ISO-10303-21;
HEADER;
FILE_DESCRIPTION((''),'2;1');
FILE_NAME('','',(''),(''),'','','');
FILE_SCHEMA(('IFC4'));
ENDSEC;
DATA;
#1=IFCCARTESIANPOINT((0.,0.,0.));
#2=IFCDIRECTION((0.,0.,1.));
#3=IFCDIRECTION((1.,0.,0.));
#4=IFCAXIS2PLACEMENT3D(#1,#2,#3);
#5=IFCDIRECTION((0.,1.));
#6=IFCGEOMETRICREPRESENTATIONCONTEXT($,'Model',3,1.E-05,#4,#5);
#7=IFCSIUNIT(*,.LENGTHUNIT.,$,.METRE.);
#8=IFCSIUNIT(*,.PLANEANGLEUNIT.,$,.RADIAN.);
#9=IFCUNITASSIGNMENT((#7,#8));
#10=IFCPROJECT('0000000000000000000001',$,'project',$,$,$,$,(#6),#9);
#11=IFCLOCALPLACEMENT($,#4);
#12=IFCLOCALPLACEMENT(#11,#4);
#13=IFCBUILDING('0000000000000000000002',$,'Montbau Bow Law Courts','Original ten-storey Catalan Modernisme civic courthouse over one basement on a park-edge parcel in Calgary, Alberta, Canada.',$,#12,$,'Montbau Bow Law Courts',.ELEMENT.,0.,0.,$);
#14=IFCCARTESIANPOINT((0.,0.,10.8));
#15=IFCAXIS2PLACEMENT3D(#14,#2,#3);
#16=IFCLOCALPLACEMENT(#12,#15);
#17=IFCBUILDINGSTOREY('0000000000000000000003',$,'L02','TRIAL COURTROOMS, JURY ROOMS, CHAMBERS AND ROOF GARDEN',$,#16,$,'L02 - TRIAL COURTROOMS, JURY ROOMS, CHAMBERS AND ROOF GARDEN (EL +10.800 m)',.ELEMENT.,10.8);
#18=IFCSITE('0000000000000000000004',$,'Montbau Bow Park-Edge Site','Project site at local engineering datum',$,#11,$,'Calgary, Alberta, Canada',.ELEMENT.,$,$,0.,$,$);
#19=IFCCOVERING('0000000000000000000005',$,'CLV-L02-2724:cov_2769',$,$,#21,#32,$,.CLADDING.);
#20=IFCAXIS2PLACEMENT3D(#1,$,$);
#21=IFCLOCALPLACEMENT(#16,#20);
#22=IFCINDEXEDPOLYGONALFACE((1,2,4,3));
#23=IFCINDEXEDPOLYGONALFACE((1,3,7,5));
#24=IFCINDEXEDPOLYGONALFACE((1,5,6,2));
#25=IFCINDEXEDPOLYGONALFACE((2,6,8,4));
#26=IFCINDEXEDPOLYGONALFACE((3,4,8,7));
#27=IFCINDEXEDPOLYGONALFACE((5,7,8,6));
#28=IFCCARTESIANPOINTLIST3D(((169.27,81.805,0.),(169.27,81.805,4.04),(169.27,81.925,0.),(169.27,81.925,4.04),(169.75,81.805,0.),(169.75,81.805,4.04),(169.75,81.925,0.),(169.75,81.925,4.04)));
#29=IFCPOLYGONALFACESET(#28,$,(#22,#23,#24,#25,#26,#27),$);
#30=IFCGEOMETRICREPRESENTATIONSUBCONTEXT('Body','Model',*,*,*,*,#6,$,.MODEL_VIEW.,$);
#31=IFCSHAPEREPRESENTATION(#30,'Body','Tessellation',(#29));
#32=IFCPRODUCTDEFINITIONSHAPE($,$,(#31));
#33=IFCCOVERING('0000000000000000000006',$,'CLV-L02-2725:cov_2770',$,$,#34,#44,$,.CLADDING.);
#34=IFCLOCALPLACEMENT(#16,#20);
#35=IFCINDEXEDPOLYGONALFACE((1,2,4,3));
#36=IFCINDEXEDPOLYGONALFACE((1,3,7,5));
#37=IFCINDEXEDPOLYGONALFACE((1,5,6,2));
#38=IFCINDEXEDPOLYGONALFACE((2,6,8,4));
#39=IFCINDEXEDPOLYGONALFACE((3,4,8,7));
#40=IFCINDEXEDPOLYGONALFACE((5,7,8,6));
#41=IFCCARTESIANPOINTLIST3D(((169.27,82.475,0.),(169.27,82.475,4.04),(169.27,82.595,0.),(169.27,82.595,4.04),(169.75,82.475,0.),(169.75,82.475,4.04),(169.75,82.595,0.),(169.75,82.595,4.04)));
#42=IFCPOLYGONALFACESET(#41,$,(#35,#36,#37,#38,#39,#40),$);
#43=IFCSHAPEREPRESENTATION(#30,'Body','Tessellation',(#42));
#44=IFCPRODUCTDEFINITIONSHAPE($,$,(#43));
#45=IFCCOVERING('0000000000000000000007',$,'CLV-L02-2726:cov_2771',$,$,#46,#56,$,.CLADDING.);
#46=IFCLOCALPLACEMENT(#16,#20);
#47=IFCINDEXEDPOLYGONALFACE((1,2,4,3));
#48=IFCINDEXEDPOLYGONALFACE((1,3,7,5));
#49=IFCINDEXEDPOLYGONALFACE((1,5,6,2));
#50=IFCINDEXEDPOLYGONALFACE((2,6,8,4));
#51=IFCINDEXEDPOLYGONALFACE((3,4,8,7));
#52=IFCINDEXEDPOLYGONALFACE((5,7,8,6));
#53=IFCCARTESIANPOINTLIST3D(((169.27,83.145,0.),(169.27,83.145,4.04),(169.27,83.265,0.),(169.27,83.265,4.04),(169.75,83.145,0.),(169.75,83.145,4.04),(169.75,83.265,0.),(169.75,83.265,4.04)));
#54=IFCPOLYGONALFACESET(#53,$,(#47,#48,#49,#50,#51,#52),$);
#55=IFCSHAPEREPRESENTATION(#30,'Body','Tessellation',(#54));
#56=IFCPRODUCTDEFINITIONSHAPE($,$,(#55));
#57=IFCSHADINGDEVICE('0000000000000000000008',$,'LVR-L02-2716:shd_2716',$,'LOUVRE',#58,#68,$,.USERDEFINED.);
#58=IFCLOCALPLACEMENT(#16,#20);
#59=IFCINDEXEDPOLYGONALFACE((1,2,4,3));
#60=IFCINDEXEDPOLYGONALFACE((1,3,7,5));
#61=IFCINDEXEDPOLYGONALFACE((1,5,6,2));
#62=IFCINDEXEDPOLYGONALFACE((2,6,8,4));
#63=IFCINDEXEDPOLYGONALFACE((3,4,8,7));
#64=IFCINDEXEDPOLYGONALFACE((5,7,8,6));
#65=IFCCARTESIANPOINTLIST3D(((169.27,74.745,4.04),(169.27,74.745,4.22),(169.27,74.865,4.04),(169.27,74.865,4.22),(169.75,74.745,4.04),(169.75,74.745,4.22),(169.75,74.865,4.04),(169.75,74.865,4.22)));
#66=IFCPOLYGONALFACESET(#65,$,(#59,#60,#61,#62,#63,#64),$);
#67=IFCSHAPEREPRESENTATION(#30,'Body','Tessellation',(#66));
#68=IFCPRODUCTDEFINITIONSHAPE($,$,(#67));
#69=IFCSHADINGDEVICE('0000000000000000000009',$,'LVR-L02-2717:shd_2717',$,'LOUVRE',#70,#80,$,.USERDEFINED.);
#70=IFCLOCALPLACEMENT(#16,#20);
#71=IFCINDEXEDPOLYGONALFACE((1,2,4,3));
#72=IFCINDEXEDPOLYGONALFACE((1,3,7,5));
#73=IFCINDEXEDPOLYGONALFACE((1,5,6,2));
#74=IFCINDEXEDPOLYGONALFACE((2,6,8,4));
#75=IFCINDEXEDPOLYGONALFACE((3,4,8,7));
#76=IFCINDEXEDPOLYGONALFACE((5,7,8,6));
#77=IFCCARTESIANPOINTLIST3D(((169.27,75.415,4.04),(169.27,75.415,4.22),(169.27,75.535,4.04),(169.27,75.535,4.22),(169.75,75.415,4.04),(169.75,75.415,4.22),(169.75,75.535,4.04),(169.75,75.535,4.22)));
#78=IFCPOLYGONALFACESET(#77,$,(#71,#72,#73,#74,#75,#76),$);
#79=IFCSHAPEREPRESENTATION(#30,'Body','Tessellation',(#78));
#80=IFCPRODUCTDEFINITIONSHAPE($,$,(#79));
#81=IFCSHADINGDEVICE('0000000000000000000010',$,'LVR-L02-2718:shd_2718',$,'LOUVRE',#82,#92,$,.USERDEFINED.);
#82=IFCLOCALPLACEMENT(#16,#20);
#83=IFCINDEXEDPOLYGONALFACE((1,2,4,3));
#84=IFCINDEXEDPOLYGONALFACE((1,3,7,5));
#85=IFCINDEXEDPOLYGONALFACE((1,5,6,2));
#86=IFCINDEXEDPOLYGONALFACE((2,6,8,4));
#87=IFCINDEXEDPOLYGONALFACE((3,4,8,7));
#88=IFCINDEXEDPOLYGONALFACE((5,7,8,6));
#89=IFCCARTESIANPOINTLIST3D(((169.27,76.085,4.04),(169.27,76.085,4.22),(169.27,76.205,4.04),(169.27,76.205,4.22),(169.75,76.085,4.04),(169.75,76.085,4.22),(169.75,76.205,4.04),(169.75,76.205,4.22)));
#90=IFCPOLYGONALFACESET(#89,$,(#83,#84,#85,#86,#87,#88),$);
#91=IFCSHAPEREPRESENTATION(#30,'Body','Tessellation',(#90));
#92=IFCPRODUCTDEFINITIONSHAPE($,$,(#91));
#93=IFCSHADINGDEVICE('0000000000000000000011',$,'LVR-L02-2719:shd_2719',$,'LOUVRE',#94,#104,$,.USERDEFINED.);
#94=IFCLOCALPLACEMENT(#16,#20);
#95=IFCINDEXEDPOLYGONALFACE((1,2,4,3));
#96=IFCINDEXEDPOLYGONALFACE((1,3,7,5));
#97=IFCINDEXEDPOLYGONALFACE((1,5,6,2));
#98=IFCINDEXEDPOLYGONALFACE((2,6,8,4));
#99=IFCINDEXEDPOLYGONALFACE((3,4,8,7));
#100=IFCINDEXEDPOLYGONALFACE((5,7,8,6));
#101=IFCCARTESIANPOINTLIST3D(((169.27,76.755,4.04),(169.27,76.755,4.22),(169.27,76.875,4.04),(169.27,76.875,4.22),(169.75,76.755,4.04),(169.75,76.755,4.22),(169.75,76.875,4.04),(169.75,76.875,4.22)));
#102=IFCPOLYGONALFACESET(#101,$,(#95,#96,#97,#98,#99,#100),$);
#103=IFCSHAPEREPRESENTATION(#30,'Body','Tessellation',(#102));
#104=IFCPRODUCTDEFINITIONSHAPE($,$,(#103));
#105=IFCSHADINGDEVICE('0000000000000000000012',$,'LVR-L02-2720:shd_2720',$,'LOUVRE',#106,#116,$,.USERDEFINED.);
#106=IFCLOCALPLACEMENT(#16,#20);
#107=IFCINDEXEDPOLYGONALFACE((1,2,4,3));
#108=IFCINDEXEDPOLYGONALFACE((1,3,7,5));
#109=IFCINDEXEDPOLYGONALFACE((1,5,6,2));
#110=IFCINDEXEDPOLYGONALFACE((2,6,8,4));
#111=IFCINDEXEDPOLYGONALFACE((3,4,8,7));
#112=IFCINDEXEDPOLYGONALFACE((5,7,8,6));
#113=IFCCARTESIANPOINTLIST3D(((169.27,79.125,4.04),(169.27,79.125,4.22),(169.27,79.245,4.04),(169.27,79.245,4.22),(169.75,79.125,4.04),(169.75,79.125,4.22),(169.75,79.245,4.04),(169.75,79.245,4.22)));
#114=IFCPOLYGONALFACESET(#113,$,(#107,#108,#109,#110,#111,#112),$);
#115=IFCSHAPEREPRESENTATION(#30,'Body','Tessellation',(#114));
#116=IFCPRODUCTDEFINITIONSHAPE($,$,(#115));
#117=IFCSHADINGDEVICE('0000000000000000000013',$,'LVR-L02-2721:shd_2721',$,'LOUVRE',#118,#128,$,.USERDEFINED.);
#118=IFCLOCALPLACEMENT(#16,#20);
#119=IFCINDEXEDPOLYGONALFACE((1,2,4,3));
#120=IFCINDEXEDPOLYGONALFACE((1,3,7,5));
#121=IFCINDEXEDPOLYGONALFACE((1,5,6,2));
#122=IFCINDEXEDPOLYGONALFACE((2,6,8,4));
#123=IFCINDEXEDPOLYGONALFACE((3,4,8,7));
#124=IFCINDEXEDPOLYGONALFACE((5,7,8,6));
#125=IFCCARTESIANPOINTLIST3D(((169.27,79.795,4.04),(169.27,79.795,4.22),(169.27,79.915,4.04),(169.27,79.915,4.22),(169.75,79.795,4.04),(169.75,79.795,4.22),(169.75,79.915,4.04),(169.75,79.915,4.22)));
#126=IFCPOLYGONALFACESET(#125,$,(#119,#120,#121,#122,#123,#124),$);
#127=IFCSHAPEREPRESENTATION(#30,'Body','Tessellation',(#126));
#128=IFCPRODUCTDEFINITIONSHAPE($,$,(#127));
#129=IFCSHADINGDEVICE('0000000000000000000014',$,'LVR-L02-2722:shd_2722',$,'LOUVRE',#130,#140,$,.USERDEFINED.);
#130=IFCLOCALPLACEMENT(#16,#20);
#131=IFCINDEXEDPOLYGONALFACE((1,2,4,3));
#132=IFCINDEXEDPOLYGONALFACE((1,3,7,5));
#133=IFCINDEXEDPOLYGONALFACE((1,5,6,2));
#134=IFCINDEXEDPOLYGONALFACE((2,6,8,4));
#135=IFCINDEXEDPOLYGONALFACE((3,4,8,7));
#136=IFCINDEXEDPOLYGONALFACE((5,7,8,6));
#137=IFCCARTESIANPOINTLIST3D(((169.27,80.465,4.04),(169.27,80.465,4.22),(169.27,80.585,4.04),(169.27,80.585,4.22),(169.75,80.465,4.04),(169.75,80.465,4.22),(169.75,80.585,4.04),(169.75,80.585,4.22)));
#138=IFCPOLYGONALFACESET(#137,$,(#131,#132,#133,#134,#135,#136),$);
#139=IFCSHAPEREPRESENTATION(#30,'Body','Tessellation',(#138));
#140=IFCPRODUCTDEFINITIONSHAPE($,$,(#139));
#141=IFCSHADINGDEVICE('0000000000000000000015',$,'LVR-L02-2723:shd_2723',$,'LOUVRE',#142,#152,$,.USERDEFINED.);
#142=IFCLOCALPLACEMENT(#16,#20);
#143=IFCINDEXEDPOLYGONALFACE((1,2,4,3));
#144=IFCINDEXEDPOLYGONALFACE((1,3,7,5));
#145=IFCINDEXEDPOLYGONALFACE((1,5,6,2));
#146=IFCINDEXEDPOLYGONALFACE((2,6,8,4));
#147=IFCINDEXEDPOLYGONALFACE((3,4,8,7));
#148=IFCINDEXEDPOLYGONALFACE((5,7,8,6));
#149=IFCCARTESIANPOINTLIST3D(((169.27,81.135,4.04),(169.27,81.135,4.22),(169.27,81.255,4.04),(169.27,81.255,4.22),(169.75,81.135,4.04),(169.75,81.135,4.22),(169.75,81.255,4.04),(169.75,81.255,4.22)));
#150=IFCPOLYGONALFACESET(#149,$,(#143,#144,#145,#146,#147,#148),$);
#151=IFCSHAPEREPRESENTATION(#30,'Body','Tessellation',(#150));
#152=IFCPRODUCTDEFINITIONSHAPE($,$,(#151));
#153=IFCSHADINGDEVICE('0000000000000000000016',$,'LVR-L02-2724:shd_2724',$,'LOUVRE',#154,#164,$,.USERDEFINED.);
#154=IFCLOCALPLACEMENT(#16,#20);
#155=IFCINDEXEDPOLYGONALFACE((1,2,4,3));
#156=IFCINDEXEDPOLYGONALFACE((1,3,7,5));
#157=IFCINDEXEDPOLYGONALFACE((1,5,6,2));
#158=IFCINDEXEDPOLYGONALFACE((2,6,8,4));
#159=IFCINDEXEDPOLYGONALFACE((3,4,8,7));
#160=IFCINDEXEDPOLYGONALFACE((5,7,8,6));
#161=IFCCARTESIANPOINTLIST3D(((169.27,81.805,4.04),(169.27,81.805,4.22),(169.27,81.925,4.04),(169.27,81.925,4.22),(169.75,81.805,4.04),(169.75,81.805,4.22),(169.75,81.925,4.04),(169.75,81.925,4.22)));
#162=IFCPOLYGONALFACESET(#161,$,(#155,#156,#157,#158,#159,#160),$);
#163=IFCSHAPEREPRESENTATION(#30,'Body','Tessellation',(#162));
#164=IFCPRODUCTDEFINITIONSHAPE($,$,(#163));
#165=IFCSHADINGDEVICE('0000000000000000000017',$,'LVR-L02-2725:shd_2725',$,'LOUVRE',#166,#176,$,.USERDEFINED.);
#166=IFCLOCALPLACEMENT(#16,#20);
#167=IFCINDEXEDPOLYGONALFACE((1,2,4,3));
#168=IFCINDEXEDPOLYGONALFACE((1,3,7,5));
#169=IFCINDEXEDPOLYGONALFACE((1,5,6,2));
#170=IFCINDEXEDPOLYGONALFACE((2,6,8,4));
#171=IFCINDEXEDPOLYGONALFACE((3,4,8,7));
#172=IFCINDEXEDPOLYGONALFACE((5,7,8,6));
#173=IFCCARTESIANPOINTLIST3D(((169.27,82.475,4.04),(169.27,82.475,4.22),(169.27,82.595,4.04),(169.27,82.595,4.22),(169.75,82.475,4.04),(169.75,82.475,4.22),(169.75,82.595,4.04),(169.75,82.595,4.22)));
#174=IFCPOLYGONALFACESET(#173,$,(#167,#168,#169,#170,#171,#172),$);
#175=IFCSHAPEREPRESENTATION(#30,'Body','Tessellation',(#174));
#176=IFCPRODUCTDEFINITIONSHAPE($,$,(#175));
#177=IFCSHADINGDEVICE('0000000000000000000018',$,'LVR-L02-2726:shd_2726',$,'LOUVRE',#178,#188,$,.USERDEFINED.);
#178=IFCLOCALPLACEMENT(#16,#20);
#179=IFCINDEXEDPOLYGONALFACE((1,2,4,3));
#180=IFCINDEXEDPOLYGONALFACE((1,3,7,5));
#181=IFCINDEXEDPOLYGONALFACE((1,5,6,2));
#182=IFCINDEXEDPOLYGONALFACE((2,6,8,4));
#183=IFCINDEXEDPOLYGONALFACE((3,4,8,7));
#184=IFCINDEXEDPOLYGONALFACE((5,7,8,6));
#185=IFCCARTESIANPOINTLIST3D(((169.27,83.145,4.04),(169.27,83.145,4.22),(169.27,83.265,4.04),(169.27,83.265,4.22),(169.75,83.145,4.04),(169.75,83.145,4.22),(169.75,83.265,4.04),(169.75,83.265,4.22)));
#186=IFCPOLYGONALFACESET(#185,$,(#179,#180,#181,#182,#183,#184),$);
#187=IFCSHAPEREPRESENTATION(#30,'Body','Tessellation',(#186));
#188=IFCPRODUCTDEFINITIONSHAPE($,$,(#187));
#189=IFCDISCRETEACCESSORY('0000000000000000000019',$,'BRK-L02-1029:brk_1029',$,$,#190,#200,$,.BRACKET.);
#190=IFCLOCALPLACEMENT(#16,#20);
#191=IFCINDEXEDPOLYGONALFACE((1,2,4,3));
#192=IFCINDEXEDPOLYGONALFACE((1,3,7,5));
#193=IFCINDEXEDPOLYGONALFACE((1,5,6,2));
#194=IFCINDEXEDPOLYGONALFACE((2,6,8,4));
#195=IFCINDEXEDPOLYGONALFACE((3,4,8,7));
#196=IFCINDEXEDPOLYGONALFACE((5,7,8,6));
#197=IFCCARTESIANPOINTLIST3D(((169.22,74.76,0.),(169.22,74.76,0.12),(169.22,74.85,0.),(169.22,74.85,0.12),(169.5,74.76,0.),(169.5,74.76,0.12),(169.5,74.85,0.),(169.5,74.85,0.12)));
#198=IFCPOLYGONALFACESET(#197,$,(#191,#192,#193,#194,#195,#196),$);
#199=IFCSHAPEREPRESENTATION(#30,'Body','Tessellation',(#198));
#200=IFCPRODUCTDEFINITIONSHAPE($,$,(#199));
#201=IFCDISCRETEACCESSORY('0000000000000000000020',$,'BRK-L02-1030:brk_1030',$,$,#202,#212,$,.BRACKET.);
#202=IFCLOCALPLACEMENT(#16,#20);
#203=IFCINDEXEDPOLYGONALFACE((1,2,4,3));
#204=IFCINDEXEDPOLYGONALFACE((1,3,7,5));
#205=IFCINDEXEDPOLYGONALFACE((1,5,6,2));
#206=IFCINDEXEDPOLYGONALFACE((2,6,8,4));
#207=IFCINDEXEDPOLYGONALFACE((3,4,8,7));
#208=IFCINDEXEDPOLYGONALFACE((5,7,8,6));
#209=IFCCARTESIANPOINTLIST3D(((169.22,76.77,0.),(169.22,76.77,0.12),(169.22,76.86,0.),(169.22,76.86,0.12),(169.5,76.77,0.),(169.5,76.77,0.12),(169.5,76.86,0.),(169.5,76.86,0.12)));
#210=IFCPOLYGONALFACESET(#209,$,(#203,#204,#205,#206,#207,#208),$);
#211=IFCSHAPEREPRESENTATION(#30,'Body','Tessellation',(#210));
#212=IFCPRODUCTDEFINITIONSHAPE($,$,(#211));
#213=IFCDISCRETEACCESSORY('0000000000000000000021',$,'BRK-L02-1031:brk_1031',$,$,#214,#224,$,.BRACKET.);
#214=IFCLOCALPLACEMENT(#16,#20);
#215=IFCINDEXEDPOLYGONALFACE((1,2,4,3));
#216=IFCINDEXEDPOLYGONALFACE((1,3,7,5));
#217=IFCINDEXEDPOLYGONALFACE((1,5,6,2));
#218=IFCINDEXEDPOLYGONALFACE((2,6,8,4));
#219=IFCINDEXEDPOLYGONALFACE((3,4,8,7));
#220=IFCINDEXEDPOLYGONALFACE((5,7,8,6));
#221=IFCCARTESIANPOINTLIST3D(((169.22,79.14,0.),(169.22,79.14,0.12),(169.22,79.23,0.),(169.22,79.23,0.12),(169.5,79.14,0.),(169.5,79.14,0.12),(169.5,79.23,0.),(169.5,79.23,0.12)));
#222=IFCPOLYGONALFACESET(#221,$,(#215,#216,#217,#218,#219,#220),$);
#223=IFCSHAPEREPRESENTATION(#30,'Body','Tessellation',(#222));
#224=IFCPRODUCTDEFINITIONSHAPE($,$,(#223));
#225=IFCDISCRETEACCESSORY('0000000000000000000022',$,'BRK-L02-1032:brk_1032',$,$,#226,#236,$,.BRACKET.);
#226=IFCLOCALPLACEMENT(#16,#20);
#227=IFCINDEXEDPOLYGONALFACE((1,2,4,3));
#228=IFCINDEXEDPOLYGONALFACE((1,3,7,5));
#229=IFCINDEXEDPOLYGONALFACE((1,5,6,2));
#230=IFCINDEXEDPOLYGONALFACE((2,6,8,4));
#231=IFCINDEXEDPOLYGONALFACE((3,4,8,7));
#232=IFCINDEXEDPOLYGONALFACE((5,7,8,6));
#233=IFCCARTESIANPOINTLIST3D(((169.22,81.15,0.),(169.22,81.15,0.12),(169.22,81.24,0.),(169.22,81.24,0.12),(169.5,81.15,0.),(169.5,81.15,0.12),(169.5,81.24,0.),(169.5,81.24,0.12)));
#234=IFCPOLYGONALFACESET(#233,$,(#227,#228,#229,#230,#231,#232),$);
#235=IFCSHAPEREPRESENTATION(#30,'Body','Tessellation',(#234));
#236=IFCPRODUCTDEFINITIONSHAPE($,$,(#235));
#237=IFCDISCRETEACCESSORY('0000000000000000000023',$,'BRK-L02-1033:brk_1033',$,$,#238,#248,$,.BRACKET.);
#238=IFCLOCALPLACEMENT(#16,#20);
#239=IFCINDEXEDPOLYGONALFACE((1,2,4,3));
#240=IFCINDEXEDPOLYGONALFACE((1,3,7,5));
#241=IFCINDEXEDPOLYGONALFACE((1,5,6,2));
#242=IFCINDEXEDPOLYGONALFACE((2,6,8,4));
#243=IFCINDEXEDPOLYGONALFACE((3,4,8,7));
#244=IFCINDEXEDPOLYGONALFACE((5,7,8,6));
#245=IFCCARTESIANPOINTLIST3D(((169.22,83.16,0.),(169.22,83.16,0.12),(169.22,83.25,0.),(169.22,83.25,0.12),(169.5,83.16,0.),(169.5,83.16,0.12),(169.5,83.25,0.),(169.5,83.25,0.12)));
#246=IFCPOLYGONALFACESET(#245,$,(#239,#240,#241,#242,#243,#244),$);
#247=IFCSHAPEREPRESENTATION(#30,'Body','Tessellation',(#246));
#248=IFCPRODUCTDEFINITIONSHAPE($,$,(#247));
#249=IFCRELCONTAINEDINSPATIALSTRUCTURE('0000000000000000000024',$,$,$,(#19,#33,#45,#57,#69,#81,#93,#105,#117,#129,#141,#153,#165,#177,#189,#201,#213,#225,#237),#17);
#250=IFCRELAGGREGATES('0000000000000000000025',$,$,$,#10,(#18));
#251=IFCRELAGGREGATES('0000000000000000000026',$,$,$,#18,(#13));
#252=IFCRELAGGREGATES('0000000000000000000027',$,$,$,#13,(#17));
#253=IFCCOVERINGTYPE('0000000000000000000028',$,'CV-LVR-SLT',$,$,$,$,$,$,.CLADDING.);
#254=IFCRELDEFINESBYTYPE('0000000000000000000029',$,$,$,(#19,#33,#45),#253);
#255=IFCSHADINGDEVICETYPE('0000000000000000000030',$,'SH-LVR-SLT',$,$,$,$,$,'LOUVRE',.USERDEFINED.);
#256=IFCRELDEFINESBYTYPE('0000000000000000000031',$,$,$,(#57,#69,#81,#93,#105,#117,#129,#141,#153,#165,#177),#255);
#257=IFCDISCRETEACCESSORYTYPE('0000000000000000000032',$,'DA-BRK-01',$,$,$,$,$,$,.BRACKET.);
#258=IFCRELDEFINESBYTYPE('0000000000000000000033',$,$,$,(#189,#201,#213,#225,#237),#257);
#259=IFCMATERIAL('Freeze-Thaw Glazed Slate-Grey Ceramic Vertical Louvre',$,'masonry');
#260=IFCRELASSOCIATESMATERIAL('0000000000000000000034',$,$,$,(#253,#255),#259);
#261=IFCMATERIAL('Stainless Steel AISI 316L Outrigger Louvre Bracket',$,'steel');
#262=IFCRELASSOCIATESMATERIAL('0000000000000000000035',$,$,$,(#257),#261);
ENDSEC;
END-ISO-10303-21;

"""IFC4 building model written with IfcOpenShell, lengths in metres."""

from ifc_helpers import new_model, si_unit, direction, frame, frame_2d, origin_with_axes, origin_2d_with_axis, place, context, subcontext, project, spatial, rectangle, extrude, material, type_object, element, save


model = new_model("IFC4")

# Units and contexts
model_context = context("Model", 3, precision=1e-05, world=origin_with_axes(), true_north=direction((0.0, 1.0)))
body_context = subcontext(model_context, "Body", "Model", "MODEL_VIEW")
ifc_project = project(units=[si_unit("LENGTHUNIT", "METRE"), si_unit("PLANEANGLEUNIT", "RADIAN")], contexts=[model_context])

# Site, building, storey
site_placement = place(None, origin_with_axes())
site = spatial("IfcSite", under=ifc_project, at=site_placement, Name="Montbau Bow Park-Edge Site", Description="Project site at local engineering datum", LongName="Calgary, Alberta, Canada", CompositionType="ELEMENT", RefElevation=0.0)
building_placement = place(site_placement, origin_with_axes())
building = spatial("IfcBuilding", under=site, at=building_placement, Name="Montbau Bow Law Courts", Description="Original ten-storey Catalan Modernisme civic courthouse over one basement on a park-edge parcel in Calgary, Alberta, Canada.", LongName="Montbau Bow Law Courts", CompositionType="ELEMENT", ElevationOfRefHeight=0.0, ElevationOfTerrain=0.0)
storey_placement = place(building_placement, frame((0.0, 0.0, 10.8), z_axis=(0.0, 0.0, 1.0), x_axis=(1.0, 0.0, 0.0)))
storey = spatial("IfcBuildingStorey", under=building, at=storey_placement, Name="L02", Description="TRIAL COURTROOMS, JURY ROOMS, CHAMBERS AND ROOF GARDEN", LongName="L02 - TRIAL COURTROOMS, JURY ROOMS, CHAMBERS AND ROOF GARDEN (EL +10.800 m)", CompositionType="ELEMENT", Elevation=10.8)

# Coverings
ifc_material_1 = material(Name="Freeze-Thaw Glazed Slate-Grey Ceramic Vertical Louvre", Category="masonry")
covering_type = type_object("IfcCoveringType", Name="CV-LVR-SLT", PredefinedType="CLADDING", material=ifc_material_1)
for number, where, z_axis, x_axis, name in (
    (1, (169.27, 81.865, 10.8), (0.0, -1.0, 0.0), (1.0, 0.0, 0.0), "CLV-L02-2724:cov_2769"),
    (2, (169.27, 82.535, 10.8), (0.0, -1.0, 0.0), (1.0, 0.0, 0.0), "CLV-L02-2725:cov_2770"),
    (3, (169.27, 83.205, 10.8), (0.0, -1.0, 0.0), (1.0, 0.0, 0.0), "CLV-L02-2726:cov_2771"),
):
    element("IfcCovering", number, at=place(None, frame(where, z_axis=z_axis, x_axis=x_axis)), inside=storey, type_object=covering_type, Name=name, PredefinedType="CLADDING", context=body_context, shape_type="SweptSolid", body=[
        extrude(rectangle(XDim=0.48, YDim=4.04, at=frame_2d((0.24, 2.02), x_axis=(1.0, 0.0))), frame((0.0, 0.0, -0.06), z_axis=(0.0, 0.0, 1.0), x_axis=(1.0, 0.0, 0.0)), (0.0, 0.0, 1.0), 0.12),
    ])

# Shading devices
shading_device_type = type_object("IfcShadingDeviceType", Name="SH-LVR-SLT", ElementType="LOUVRE", PredefinedType="USERDEFINED", material=ifc_material_1)
for number, where, z_axis, x_axis, name in (
    (4, (169.51, 74.805, 14.84), (0.0, 0.0, 1.0), (1.0, 0.0, 0.0), "LVR-L02-2716:shd_2716"),
    (5, (169.51, 75.475, 14.84), (0.0, 0.0, 1.0), (1.0, 0.0, 0.0), "LVR-L02-2717:shd_2717"),
    (6, (169.51, 76.145, 14.84), (0.0, 0.0, 1.0), (1.0, 0.0, 0.0), "LVR-L02-2718:shd_2718"),
    (7, (169.51, 76.815, 14.84), (0.0, 0.0, 1.0), (1.0, 0.0, 0.0), "LVR-L02-2719:shd_2719"),
    (8, (169.51, 79.185, 14.84), (0.0, 0.0, 1.0), (1.0, 0.0, 0.0), "LVR-L02-2720:shd_2720"),
    (9, (169.51, 79.855, 14.84), (0.0, 0.0, 1.0), (1.0, 0.0, 0.0), "LVR-L02-2721:shd_2721"),
    (10, (169.51, 80.525, 14.84), (0.0, 0.0, 1.0), (1.0, 0.0, 0.0), "LVR-L02-2722:shd_2722"),
    (11, (169.51, 81.195, 14.84), (0.0, 0.0, 1.0), (1.0, 0.0, 0.0), "LVR-L02-2723:shd_2723"),
    (12, (169.51, 81.865, 14.84), (0.0, 0.0, 1.0), (1.0, 0.0, 0.0), "LVR-L02-2724:shd_2724"),
    (13, (169.51, 82.535, 14.84), (0.0, 0.0, 1.0), (1.0, 0.0, 0.0), "LVR-L02-2725:shd_2725"),
    (14, (169.51, 83.205, 14.84), (0.0, 0.0, 1.0), (1.0, 0.0, 0.0), "LVR-L02-2726:shd_2726"),
):
    element("IfcShadingDevice", number, at=place(None, frame(where, z_axis=z_axis, x_axis=x_axis)), inside=storey, type_object=shading_device_type, Name=name, ObjectType="LOUVRE", PredefinedType="USERDEFINED", context=body_context, shape_type="SweptSolid", body=[
        extrude(rectangle(XDim=0.48, YDim=0.12, at=origin_2d_with_axis()), origin_with_axes(), (0.0, 0.0, 1.0), 0.18),
    ])

# Discrete accessories
ifc_material_2 = material(Name="Stainless Steel AISI 316L Outrigger Louvre Bracket", Category="steel")
discrete_accessory_type = type_object("IfcDiscreteAccessoryType", Name="DA-BRK-01", PredefinedType="BRACKET", material=ifc_material_2)
for number, where, z_axis, x_axis, name in (
    (15, (169.36, 74.805, 10.8), (0.0, 0.0, 1.0), (1.0, 0.0, 0.0), "BRK-L02-1029:brk_1029"),
    (16, (169.36, 76.815, 10.8), (0.0, 0.0, 1.0), (1.0, 0.0, 0.0), "BRK-L02-1030:brk_1030"),
    (17, (169.36, 79.185, 10.8), (0.0, 0.0, 1.0), (1.0, 0.0, 0.0), "BRK-L02-1031:brk_1031"),
    (18, (169.36, 81.195, 10.8), (0.0, 0.0, 1.0), (1.0, 0.0, 0.0), "BRK-L02-1032:brk_1032"),
    (19, (169.36, 83.205, 10.8), (0.0, 0.0, 1.0), (1.0, 0.0, 0.0), "BRK-L02-1033:brk_1033"),
):
    element("IfcDiscreteAccessory", number, at=place(None, frame(where, z_axis=z_axis, x_axis=x_axis)), inside=storey, type_object=discrete_accessory_type, Name=name, PredefinedType="BRACKET", context=body_context, shape_type="SweptSolid", body=[
        extrude(rectangle(XDim=0.28, YDim=0.09, at=origin_2d_with_axis()), origin_with_axes(), (0.0, 0.0, 1.0), 0.12),
    ])

save(model, "model.ifc")
